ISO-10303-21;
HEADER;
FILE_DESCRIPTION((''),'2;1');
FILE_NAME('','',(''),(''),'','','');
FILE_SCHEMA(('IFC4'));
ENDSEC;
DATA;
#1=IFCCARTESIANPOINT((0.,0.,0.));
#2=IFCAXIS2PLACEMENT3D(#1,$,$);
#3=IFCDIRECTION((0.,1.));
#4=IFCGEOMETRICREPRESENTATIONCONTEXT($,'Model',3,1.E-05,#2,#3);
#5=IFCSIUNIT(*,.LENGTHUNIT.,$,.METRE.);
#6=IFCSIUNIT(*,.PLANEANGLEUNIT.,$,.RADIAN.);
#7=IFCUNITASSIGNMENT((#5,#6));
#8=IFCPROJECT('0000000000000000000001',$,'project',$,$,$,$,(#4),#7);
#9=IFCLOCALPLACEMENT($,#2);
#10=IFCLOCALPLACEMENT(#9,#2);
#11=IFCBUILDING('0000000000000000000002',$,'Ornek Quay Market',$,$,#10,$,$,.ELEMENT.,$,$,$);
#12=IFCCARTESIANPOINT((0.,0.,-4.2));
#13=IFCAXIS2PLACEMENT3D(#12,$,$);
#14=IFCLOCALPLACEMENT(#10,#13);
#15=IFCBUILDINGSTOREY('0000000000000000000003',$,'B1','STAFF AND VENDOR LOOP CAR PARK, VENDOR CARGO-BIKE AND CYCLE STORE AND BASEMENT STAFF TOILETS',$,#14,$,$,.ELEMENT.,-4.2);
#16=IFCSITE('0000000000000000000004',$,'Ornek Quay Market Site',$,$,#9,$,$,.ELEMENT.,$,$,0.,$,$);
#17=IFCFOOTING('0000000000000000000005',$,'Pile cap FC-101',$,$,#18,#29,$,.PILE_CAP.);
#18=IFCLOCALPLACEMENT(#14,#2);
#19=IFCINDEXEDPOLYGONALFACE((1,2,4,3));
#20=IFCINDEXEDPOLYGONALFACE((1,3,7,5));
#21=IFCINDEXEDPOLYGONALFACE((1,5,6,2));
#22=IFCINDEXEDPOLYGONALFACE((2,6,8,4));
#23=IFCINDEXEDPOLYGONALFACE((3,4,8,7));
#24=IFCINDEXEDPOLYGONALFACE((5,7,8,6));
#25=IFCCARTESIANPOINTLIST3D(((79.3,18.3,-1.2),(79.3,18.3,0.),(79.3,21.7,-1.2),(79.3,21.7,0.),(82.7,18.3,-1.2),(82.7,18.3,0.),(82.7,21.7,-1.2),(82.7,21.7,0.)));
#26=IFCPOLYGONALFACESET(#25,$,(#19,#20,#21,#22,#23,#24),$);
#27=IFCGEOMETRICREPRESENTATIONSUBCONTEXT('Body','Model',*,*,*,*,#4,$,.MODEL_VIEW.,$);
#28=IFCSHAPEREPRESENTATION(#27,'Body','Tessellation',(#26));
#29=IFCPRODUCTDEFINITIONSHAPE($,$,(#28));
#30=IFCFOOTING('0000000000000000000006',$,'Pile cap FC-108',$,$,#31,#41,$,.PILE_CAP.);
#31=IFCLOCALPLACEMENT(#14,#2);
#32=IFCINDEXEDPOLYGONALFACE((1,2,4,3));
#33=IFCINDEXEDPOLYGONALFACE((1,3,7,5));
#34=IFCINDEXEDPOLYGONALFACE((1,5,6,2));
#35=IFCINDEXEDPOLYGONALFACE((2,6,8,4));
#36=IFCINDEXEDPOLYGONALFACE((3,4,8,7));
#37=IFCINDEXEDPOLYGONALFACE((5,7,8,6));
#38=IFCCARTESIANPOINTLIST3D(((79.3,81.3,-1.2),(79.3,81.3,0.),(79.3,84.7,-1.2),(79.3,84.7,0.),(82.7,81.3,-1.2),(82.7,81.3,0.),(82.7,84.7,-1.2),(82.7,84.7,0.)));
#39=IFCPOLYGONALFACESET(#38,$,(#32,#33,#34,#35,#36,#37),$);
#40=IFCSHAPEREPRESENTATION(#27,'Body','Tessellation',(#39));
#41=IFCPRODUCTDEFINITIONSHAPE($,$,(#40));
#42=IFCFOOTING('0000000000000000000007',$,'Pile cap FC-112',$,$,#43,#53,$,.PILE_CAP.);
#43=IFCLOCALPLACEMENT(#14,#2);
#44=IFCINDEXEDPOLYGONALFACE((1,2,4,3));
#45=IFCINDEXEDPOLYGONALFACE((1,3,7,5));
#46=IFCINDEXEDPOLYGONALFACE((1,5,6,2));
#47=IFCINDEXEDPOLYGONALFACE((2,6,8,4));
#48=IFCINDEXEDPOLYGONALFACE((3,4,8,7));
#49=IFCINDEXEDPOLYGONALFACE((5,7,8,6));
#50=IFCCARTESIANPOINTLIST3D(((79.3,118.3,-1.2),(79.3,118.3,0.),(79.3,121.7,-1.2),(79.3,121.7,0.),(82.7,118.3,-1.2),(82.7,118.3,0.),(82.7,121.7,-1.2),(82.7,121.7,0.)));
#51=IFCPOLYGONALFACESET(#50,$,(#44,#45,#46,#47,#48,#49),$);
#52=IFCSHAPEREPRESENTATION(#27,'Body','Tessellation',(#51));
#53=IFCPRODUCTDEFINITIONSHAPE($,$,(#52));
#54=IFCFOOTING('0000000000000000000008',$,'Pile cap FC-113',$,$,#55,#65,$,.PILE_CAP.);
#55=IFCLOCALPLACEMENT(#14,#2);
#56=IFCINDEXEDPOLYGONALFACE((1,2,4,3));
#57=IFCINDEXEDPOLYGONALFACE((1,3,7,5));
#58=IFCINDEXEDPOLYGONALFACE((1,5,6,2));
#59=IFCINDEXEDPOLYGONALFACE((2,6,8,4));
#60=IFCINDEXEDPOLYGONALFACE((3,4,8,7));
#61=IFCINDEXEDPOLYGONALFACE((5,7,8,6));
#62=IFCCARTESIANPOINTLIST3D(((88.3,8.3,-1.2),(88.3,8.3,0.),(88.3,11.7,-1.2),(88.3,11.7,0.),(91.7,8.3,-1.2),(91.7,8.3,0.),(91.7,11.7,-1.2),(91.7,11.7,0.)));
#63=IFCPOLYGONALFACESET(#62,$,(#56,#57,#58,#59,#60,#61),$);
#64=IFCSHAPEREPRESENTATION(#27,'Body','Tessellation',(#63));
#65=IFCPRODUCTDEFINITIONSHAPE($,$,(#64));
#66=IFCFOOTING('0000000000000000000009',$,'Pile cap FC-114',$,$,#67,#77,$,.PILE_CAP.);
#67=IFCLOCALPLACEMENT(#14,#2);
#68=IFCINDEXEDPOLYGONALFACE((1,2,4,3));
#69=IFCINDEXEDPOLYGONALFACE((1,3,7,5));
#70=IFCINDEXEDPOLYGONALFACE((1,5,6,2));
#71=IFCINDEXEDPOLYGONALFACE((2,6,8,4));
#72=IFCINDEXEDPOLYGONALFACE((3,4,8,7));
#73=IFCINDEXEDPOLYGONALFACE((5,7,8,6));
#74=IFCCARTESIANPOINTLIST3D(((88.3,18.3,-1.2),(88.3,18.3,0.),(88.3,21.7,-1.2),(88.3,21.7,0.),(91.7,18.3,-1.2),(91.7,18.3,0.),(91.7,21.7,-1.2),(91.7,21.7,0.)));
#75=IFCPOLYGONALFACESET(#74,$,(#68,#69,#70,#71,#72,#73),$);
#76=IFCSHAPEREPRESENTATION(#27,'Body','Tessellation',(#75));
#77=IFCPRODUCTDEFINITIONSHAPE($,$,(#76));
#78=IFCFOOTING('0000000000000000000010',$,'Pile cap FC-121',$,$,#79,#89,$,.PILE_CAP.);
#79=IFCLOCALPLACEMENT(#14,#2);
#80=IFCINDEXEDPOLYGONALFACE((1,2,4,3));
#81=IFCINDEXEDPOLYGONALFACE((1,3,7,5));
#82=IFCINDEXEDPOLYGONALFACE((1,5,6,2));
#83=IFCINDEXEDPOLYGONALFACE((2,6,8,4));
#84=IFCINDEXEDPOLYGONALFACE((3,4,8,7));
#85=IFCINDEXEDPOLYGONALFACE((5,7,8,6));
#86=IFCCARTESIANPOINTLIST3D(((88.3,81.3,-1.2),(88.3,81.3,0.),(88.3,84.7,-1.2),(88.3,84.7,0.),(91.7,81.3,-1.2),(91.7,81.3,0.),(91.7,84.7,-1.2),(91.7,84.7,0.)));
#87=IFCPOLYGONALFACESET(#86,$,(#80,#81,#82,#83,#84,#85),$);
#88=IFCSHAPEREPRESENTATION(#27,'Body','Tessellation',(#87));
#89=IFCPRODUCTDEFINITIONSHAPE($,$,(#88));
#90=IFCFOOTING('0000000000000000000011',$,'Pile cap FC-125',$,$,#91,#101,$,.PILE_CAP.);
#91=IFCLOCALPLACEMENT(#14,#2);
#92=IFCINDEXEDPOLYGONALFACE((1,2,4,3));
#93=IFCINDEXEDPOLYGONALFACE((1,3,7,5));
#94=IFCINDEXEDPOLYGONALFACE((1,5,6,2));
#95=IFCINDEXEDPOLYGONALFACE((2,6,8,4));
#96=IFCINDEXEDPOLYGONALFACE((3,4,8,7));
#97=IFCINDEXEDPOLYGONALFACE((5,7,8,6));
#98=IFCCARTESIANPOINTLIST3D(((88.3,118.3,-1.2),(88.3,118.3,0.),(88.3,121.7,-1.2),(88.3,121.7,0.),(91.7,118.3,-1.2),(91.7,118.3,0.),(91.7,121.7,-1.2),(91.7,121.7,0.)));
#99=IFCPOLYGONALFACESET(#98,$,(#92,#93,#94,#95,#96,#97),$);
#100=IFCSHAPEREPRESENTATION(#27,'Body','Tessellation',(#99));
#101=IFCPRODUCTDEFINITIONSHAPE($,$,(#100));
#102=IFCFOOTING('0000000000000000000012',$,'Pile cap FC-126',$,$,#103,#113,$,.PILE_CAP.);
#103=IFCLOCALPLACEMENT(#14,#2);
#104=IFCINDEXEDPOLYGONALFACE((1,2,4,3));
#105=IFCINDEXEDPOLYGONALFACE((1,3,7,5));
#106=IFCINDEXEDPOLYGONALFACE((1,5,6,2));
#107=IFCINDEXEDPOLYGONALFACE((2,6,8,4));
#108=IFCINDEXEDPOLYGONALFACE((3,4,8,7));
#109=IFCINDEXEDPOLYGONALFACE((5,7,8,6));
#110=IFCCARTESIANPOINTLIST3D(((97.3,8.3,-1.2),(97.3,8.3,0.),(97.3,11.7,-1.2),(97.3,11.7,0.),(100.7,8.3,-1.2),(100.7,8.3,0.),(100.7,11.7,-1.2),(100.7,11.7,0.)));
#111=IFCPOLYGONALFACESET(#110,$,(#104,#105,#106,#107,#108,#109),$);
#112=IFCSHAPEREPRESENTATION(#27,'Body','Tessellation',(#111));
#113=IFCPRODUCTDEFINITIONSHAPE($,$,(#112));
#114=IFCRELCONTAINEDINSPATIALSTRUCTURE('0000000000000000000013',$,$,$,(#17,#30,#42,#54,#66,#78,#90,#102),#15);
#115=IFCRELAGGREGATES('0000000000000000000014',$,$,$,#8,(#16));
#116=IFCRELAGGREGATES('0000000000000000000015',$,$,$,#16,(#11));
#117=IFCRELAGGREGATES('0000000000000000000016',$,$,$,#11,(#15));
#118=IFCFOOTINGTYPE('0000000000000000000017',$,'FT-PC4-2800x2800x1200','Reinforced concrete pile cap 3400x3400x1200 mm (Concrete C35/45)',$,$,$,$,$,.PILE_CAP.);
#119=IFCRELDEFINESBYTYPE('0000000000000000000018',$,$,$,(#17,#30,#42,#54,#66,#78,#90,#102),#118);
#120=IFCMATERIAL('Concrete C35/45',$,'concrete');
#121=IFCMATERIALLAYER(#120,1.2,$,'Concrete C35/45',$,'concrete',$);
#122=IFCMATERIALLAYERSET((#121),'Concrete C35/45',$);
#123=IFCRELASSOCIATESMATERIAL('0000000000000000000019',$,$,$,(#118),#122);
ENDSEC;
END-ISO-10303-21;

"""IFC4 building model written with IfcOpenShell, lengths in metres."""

from ifc_helpers import new_model, si_unit, direction, frame, origin, place, context, subcontext, project, spatial, polyline, outline, extrude, material, layer, layer_set, type_object, element, save


model = new_model("IFC4")

# Units and contexts
model_context = context("Model", 3, precision=1e-05, world=origin(), true_north=direction((0.0, 1.0)))
body_context = subcontext(model_context, "Body", "Model", "MODEL_VIEW")
ifc_project = project(units=[si_unit("LENGTHUNIT", "METRE"), si_unit("PLANEANGLEUNIT", "RADIAN")], contexts=[model_context])

# Site, building, storey
site_placement = place(None, origin())
site = spatial("IfcSite", under=ifc_project, at=site_placement, Name="Ornek Quay Market Site", CompositionType="ELEMENT", RefElevation=0.0)
building_placement = place(site_placement, origin())
building = spatial("IfcBuilding", under=site, at=building_placement, Name="Ornek Quay Market", CompositionType="ELEMENT")
storey_placement = place(building_placement, frame((0.0, 0.0, -4.2)))
storey = spatial("IfcBuildingStorey", under=building, at=storey_placement, Name="B1", Description="STAFF AND VENDOR LOOP CAR PARK, VENDOR CARGO-BIKE AND CYCLE STORE AND BASEMENT STAFF TOILETS", CompositionType="ELEMENT", Elevation=-4.2)

# Footings
ifc_material = material(Name="Concrete C35/45", Category="concrete")
ifc_layer = layer(ifc_material, 1.2, Name="Concrete C35/45", Category="concrete")
ifc_layer_set = layer_set([ifc_layer], Name="Concrete C35/45")
footing_type = type_object("IfcFootingType", Name="FT-PC4-2800x2800x1200", Description="Reinforced concrete pile cap 3400x3400x1200 mm (Concrete C35/45)", PredefinedType="PILE_CAP", material=ifc_layer_set)
footing_1_placement = place(storey_placement, frame((0.0, 0.0, -1.2)))
element("IfcFooting", 1, at=footing_1_placement, inside=storey, type_object=footing_type, Name="Pile cap FC-101", PredefinedType="PILE_CAP", context=body_context, shape_type="SweptSolid", body=[
    extrude(outline(polyline([(79.3, 18.3), (82.7, 18.3), (82.7, 21.7), (79.3, 21.7), (79.3, 18.3)])), origin(), (0.0, 0.0, 1.0), 1.2),
])
footing_2_placement = place(storey_placement, frame((0.0, 0.0, -1.2)))
element("IfcFooting", 2, at=footing_2_placement, inside=storey, type_object=footing_type, Name="Pile cap FC-108", PredefinedType="PILE_CAP", context=body_context, shape_type="SweptSolid", body=[
    extrude(outline(polyline([(79.3, 81.3), (82.7, 81.3), (82.7, 84.7), (79.3, 84.7), (79.3, 81.3)])), origin(), (0.0, 0.0, 1.0), 1.2),
])
footing_3_placement = place(storey_placement, frame((0.0, 0.0, -1.2)))
element("IfcFooting", 3, at=footing_3_placement, inside=storey, type_object=footing_type, Name="Pile cap FC-112", PredefinedType="PILE_CAP", context=body_context, shape_type="SweptSolid", body=[
    extrude(outline(polyline([(79.3, 118.3), (82.7, 118.3), (82.7, 121.7), (79.3, 121.7), (79.3, 118.3)])), origin(), (0.0, 0.0, 1.0), 1.2),
])
footing_4_placement = place(storey_placement, frame((0.0, 0.0, -1.2)))
element("IfcFooting", 4, at=footing_4_placement, inside=storey, type_object=footing_type, Name="Pile cap FC-113", PredefinedType="PILE_CAP", context=body_context, shape_type="SweptSolid", body=[
    extrude(outline(polyline([(88.3, 8.3), (91.7, 8.3), (91.7, 11.7), (88.3, 11.7), (88.3, 8.3)])), origin(), (0.0, 0.0, 1.0), 1.2),
])
footing_5_placement = place(storey_placement, frame((0.0, 0.0, -1.2)))
element("IfcFooting", 5, at=footing_5_placement, inside=storey, type_object=footing_type, Name="Pile cap FC-114", PredefinedType="PILE_CAP", context=body_context, shape_type="SweptSolid", body=[
    extrude(outline(polyline([(88.3, 18.3), (91.7, 18.3), (91.7, 21.7), (88.3, 21.7), (88.3, 18.3)])), origin(), (0.0, 0.0, 1.0), 1.2),
])
footing_6_placement = place(storey_placement, frame((0.0, 0.0, -1.2)))
element("IfcFooting", 6, at=footing_6_placement, inside=storey, type_object=footing_type, Name="Pile cap FC-121", PredefinedType="PILE_CAP", context=body_context, shape_type="SweptSolid", body=[
    extrude(outline(polyline([(88.3, 81.3), (91.7, 81.3), (91.7, 84.7), (88.3, 84.7), (88.3, 81.3)])), origin(), (0.0, 0.0, 1.0), 1.2),
])
footing_7_placement = place(storey_placement, frame((0.0, 0.0, -1.2)))
element("IfcFooting", 7, at=footing_7_placement, inside=storey, type_object=footing_type, Name="Pile cap FC-125", PredefinedType="PILE_CAP", context=body_context, shape_type="SweptSolid", body=[
    extrude(outline(polyline([(88.3, 118.3), (91.7, 118.3), (91.7, 121.7), (88.3, 121.7), (88.3, 118.3)])), origin(), (0.0, 0.0, 1.0), 1.2),
])
footing_8_placement = place(storey_placement, frame((0.0, 0.0, -1.2)))
element("IfcFooting", 8, at=footing_8_placement, inside=storey, type_object=footing_type, Name="Pile cap FC-126", PredefinedType="PILE_CAP", context=body_context, shape_type="SweptSolid", body=[
    extrude(outline(polyline([(97.3, 8.3), (100.7, 8.3), (100.7, 11.7), (97.3, 11.7), (97.3, 8.3)])), origin(), (0.0, 0.0, 1.0), 1.2),
])

save(model, "model.ifc")
